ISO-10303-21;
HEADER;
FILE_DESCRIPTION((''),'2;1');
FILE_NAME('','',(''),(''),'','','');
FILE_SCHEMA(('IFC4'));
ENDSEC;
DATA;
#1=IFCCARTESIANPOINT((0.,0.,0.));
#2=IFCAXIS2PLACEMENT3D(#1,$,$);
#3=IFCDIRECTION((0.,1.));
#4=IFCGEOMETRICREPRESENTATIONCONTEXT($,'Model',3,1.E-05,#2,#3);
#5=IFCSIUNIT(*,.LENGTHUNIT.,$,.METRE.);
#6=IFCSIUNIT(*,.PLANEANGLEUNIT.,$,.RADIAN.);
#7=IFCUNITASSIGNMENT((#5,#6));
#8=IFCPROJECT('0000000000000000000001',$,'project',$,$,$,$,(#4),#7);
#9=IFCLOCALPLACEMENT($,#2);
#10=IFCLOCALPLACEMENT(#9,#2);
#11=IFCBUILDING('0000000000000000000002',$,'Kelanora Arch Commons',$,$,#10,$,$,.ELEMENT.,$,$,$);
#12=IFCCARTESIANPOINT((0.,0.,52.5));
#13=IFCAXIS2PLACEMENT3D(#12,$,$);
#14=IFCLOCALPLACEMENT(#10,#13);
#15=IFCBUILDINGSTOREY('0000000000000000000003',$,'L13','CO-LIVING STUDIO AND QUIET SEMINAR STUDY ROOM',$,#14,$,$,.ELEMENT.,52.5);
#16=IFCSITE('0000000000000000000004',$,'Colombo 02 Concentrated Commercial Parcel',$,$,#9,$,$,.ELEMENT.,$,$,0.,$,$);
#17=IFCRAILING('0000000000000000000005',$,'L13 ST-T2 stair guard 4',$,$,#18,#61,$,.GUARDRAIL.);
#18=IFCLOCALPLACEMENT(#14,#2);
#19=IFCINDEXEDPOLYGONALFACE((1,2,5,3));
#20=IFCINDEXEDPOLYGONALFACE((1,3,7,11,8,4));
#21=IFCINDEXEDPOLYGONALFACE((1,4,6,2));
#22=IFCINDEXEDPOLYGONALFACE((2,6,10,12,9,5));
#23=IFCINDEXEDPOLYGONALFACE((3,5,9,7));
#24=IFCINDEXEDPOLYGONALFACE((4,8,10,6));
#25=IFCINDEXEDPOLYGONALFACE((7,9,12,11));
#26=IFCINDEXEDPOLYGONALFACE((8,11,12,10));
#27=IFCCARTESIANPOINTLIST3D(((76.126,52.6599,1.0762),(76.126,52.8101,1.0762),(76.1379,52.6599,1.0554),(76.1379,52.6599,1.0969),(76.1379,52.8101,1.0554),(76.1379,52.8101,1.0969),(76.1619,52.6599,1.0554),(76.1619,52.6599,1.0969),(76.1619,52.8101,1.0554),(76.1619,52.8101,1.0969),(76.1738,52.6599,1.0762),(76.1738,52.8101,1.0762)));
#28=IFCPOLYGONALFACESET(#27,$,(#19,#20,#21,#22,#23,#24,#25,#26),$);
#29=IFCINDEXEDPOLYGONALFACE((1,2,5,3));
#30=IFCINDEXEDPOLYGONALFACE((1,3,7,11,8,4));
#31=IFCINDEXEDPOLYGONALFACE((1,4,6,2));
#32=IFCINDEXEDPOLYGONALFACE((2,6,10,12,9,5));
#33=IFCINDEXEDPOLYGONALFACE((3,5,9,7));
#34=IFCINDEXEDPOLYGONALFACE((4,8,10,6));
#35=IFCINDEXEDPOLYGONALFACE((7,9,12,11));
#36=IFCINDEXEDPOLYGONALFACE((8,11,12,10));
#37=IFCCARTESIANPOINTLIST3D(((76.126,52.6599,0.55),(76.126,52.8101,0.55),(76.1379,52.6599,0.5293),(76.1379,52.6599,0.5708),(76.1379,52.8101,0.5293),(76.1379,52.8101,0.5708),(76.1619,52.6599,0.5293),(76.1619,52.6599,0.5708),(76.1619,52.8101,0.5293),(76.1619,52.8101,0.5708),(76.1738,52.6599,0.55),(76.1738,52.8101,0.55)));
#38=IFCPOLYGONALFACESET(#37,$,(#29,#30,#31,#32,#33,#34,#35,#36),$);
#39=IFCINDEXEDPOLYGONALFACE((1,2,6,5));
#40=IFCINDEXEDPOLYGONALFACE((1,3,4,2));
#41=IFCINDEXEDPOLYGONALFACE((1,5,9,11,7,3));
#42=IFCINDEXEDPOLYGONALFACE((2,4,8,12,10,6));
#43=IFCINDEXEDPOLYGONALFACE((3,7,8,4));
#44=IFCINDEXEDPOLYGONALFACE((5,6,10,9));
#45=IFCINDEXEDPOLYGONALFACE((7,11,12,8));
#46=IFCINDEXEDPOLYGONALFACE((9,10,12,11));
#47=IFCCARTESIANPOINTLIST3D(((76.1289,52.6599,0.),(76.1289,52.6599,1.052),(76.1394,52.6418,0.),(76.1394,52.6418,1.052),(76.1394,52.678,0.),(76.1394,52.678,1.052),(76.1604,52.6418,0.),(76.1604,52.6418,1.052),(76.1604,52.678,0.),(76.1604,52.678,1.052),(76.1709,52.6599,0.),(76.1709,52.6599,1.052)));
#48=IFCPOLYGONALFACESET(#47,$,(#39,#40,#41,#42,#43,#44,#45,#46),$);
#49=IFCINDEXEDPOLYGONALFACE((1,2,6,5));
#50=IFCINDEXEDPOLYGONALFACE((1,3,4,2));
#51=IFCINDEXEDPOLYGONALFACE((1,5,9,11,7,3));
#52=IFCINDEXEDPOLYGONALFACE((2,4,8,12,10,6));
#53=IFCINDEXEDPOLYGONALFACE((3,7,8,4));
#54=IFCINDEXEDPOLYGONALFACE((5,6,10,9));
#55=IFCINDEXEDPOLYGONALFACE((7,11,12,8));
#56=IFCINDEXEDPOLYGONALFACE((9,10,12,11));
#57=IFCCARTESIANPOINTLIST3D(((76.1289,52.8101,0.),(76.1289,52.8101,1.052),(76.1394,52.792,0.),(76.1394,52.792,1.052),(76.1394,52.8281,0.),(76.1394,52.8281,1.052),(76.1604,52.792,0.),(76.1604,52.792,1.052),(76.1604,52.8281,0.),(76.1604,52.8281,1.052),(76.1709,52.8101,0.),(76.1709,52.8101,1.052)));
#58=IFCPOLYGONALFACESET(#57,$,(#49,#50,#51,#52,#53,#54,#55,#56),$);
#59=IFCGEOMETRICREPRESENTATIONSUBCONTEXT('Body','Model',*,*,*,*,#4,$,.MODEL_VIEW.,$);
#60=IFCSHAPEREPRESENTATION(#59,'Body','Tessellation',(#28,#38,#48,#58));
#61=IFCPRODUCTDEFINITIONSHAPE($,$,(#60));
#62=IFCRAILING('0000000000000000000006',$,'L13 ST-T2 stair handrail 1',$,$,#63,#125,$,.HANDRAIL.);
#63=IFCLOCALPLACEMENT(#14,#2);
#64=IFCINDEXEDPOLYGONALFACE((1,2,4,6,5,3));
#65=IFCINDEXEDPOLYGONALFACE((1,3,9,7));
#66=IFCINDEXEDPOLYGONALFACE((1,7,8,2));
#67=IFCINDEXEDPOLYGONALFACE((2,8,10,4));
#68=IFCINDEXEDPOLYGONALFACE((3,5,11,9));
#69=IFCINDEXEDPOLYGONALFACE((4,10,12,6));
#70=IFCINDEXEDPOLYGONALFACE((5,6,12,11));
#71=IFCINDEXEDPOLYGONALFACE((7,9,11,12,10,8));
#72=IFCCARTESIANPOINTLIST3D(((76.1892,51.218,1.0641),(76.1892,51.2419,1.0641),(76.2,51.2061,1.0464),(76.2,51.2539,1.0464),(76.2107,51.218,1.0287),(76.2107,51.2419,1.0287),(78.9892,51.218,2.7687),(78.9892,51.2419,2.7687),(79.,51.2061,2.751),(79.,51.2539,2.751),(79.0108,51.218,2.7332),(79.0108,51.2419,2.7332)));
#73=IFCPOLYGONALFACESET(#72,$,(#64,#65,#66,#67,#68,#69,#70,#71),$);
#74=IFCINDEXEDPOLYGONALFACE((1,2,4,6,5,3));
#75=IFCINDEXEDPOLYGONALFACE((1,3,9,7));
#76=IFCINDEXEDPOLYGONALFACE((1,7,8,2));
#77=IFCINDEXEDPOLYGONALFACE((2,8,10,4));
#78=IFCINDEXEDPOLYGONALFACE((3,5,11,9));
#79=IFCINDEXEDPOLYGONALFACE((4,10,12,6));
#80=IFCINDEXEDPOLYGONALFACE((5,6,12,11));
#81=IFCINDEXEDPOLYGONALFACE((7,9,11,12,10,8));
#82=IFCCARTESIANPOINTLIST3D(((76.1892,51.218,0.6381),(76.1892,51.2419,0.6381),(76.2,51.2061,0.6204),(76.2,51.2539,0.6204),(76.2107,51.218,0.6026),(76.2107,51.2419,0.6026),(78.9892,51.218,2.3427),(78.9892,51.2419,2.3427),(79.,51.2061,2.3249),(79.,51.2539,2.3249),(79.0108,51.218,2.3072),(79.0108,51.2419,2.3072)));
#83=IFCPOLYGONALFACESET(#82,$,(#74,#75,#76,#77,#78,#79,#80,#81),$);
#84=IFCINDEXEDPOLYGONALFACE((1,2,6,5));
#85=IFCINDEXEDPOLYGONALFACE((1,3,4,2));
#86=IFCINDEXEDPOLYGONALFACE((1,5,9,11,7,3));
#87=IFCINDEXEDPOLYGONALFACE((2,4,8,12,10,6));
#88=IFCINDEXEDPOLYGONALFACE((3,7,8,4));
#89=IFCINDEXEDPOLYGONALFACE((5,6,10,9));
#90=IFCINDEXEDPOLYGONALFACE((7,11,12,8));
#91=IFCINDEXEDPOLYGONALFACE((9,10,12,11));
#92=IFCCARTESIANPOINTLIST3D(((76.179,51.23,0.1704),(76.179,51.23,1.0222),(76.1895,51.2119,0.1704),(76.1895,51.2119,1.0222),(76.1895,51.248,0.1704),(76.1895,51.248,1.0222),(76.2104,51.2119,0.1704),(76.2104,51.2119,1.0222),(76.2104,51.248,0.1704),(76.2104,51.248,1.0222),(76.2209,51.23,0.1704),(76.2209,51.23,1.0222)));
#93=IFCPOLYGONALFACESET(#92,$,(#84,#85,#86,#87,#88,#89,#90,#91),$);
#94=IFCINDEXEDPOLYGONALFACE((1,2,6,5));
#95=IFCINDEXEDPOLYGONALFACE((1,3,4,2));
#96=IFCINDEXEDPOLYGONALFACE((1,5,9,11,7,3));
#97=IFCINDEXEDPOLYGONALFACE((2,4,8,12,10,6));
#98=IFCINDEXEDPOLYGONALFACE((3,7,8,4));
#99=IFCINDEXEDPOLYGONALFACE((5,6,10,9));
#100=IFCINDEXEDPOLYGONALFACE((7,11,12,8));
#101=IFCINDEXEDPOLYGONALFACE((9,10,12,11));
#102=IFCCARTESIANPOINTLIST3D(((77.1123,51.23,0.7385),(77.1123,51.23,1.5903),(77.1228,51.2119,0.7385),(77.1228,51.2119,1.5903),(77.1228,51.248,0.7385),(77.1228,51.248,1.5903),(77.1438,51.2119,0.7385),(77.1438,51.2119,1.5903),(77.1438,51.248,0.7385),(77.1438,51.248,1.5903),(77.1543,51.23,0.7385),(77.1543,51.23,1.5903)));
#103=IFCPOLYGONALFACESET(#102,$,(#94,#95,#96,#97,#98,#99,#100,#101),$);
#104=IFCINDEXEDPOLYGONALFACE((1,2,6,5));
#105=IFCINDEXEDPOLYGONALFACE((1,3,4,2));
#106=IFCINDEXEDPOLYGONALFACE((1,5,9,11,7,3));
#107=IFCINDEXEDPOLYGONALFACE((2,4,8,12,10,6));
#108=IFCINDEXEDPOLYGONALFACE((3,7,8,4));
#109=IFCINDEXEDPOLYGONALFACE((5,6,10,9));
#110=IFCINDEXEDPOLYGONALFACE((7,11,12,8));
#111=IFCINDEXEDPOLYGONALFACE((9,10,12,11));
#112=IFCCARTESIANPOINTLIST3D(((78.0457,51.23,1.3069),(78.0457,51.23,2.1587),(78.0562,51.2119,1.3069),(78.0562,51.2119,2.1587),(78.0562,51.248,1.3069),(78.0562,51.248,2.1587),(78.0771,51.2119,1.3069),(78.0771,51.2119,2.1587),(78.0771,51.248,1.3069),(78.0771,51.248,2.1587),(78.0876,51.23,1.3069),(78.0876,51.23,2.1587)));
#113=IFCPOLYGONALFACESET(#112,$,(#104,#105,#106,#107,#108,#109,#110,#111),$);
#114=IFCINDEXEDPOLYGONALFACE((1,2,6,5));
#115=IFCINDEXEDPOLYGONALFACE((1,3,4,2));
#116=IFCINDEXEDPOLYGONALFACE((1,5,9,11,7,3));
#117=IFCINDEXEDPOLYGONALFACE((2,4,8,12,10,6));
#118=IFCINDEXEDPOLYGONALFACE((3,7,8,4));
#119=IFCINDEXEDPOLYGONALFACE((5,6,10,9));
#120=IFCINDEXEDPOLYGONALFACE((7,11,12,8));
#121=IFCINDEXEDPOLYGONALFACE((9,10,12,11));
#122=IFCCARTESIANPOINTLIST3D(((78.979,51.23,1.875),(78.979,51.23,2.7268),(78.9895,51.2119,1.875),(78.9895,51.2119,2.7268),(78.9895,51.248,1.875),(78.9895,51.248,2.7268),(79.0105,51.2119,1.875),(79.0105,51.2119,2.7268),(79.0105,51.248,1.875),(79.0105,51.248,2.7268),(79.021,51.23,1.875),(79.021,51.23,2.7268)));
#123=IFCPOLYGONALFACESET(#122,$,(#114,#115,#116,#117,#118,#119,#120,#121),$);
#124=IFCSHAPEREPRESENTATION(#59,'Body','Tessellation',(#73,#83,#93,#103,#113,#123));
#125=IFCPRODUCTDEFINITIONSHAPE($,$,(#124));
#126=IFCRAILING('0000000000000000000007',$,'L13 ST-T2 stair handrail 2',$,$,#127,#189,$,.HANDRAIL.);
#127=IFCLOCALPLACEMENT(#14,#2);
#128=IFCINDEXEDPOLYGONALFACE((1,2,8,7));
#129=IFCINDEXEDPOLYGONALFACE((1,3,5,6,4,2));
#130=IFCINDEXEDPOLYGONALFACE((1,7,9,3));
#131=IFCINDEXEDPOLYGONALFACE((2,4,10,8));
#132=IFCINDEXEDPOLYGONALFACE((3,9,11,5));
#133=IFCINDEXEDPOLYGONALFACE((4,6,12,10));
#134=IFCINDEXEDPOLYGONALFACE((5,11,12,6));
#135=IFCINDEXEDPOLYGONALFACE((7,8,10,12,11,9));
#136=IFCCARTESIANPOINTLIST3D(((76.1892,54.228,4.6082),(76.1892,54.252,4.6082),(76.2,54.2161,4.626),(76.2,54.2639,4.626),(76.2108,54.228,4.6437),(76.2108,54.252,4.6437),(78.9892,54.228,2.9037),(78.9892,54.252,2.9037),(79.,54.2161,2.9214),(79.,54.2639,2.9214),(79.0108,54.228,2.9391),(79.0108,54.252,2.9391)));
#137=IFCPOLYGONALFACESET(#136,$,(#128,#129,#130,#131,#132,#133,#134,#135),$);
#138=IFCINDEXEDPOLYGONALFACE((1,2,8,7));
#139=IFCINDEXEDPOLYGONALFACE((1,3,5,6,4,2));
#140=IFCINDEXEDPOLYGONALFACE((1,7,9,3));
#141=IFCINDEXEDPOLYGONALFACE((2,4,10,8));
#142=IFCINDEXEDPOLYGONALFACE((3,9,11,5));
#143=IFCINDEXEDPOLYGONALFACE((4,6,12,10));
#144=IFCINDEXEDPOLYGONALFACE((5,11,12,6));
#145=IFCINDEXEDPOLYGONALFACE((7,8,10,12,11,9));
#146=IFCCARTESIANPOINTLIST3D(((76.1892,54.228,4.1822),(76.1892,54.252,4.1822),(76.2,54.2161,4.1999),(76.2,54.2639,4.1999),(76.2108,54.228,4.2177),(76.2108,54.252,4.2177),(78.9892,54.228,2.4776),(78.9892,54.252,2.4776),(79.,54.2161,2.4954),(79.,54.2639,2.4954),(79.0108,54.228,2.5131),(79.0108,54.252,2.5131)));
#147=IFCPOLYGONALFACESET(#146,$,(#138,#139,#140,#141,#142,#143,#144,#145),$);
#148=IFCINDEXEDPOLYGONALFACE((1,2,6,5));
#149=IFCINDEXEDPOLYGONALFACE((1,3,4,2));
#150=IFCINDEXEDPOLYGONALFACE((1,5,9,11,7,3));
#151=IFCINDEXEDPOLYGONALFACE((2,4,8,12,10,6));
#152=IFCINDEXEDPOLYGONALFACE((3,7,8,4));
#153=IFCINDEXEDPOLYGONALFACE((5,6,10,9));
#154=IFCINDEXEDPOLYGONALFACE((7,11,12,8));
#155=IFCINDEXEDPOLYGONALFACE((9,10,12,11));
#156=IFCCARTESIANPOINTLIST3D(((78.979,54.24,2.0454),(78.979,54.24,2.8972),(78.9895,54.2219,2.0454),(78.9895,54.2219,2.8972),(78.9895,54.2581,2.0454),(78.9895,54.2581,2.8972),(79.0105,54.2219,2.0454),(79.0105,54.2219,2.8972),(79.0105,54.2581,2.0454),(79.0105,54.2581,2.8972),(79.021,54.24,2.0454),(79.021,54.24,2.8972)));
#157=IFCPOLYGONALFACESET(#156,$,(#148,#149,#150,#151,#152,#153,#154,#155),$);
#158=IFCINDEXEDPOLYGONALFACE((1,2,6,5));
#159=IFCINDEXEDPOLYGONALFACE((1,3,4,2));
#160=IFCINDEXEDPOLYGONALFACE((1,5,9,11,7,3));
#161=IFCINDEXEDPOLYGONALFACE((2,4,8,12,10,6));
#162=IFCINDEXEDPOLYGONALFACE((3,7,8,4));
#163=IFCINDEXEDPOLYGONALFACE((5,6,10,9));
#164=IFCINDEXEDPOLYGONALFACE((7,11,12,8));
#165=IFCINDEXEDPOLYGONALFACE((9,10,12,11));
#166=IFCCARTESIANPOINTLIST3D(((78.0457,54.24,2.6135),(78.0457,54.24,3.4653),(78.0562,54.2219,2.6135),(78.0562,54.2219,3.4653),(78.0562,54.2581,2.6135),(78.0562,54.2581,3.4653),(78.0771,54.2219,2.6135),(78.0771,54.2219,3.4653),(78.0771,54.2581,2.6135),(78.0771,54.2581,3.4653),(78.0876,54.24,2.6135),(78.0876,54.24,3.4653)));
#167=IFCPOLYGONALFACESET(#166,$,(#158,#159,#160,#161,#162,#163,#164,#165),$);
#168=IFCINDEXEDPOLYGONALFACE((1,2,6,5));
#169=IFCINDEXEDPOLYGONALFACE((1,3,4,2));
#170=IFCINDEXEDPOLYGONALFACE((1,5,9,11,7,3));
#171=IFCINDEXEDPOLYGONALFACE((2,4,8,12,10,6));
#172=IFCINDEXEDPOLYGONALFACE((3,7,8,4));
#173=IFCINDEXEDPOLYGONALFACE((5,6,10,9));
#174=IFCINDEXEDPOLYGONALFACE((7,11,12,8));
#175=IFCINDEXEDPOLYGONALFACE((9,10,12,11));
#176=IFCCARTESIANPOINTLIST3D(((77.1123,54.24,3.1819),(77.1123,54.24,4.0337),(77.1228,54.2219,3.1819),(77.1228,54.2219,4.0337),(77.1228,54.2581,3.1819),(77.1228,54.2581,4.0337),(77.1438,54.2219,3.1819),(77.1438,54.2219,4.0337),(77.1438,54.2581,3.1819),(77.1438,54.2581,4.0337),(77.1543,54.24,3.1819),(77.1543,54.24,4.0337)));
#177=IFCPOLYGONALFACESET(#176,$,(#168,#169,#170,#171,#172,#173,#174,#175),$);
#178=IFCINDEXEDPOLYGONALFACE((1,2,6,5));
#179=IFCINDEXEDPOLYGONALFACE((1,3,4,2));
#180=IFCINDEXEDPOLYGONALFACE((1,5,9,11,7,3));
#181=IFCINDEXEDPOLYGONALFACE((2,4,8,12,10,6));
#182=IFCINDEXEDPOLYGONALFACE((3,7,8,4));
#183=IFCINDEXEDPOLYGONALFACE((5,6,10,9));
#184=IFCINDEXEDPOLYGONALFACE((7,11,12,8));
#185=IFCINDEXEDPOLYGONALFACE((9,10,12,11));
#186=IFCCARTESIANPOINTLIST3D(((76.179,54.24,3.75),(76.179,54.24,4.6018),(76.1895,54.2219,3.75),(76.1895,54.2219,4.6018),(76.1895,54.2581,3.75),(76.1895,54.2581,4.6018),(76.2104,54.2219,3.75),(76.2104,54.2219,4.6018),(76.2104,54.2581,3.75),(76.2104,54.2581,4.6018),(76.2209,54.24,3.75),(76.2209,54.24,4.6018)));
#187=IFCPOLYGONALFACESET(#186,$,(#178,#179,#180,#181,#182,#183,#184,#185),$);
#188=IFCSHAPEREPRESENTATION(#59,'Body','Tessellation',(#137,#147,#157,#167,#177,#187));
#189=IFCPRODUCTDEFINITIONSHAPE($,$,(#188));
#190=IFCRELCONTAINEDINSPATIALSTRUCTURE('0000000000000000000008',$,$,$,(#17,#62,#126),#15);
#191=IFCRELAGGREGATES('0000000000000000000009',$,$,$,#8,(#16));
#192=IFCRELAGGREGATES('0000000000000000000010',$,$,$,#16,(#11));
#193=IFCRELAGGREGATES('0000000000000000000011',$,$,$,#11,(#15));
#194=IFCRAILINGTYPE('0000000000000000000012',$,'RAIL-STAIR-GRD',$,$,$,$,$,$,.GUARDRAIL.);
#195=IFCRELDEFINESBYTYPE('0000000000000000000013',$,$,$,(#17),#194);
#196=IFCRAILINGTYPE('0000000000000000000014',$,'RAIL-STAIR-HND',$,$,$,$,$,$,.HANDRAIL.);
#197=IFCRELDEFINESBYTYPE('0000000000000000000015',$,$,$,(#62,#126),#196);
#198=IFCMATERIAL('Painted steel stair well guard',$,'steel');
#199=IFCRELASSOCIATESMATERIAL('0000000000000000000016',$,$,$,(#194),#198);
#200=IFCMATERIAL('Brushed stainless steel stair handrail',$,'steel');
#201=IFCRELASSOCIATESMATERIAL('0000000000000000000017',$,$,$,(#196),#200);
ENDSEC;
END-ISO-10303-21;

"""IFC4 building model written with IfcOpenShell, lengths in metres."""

from ifc_helpers import new_model, si_unit, direction, frame, origin, place, context, subcontext, project, spatial, polyline, outline, extrude, material, type_object, element, save


model = new_model("IFC4")

# Units and contexts
model_context = context("Model", 3, precision=1e-05, world=origin(), true_north=direction((0.0, 1.0)))
body_context = subcontext(model_context, "Body", "Model", "MODEL_VIEW")
ifc_project = project(units=[si_unit("LENGTHUNIT", "METRE"), si_unit("PLANEANGLEUNIT", "RADIAN")], contexts=[model_context])

# Site, building, storey
site_placement = place(None, origin())
site = spatial("IfcSite", under=ifc_project, at=site_placement, Name="Colombo 02 Concentrated Commercial Parcel", CompositionType="ELEMENT", RefElevation=0.0)
building_placement = place(site_placement, origin())
building = spatial("IfcBuilding", under=site, at=building_placement, Name="Kelanora Arch Commons", CompositionType="ELEMENT")
storey_placement = place(building_placement, frame((0.0, 0.0, 52.5)))
storey = spatial("IfcBuildingStorey", under=building, at=storey_placement, Name="L13", Description="CO-LIVING STUDIO AND QUIET SEMINAR STUDY ROOM", CompositionType="ELEMENT", Elevation=52.5)

# Railings
ifc_material_1 = material(Name="Painted steel stair well guard", Category="steel")
railing_type_1 = type_object("IfcRailingType", Name="RAIL-STAIR-GRD", PredefinedType="GUARDRAIL", material=ifc_material_1)
railing_1_placement = place(storey_placement, frame((76.1499, 52.6599, 0.0)))
element("IfcRailing", 1, at=railing_1_placement, inside=storey, type_object=railing_type_1, Name="L13 ST-T2 stair guard 4", PredefinedType="GUARDRAIL", context=body_context, shape_type="SweptSolid", body=[
    extrude(outline(polyline([(0.0239, 0.0), (0.012, 0.0208), (-0.012, 0.0208), (-0.0239, 0.0), (-0.012, -0.0208), (0.012, -0.0208), (0.0239, 0.0)])), frame((0.0, 0.0, 1.0762), z_axis=(0.0, 1.0, 0.0), x_axis=(-1.0, 0.0, 0.0)), (0.0, 0.0, 1.0), 0.1501),
    extrude(outline(polyline([(0.0239, 0.0), (0.012, 0.0208), (-0.012, 0.0208), (-0.0239, 0.0), (-0.012, -0.0208), (0.012, -0.0208), (0.0239, 0.0)])), frame((0.0, 0.0, 0.55), z_axis=(0.0, 1.0, 0.0), x_axis=(-1.0, 0.0, 0.0)), (0.0, 0.0, 1.0), 0.1501),
    extrude(outline(polyline([(0.021, 0.0), (0.0105, 0.0181), (-0.0105, 0.0181), (-0.021, 0.0), (-0.0105, -0.0181), (0.0105, -0.0181), (0.021, 0.0)])), origin(), (0.0, 0.0, 1.0), 1.052),
    extrude(outline(polyline([(0.021, 0.0), (0.0105, 0.0181), (-0.0105, 0.0181), (-0.021, 0.0), (-0.0105, -0.0181), (0.0105, -0.0181), (0.021, 0.0)])), frame((0.0, 0.1501, 0.0)), (0.0, 0.0, 1.0), 1.052),
])
ifc_material_2 = material(Name="Brushed stainless steel stair handrail", Category="steel")
railing_type_2 = type_object("IfcRailingType", Name="RAIL-STAIR-HND", PredefinedType="HANDRAIL", material=ifc_material_2)
railing_2_placement = place(storey_placement, frame((76.2, 51.23, 0.1704)))
element("IfcRailing", 2, at=railing_2_placement, inside=storey, type_object=railing_type_2, Name="L13 ST-T2 stair handrail 1", PredefinedType="HANDRAIL", context=body_context, shape_type="SweptSolid", body=[
    extrude(outline(polyline([(0.0239, 0.0), (0.012, 0.0208), (-0.012, 0.0208), (-0.0239, 0.0), (-0.012, -0.0208), (0.012, -0.0208), (0.0239, 0.0)])), frame((0.0, 0.0, 0.876), z_axis=(0.85417, 0.0, 0.519994), x_axis=(0.0, 1.0, 0.0)), (0.0, 0.0, 1.0), 3.2781),
    extrude(outline(polyline([(0.0239, 0.0), (0.012, 0.0208), (-0.012, 0.0208), (-0.0239, 0.0), (-0.012, -0.0208), (0.012, -0.0208), (0.0239, 0.0)])), frame((0.0, 0.0, 0.45), z_axis=(0.85417, 0.0, 0.519994), x_axis=(0.0, 1.0, 0.0)), (0.0, 0.0, 1.0), 3.2781),
    extrude(outline(polyline([(0.021, 0.0), (0.0105, 0.0181), (-0.0105, 0.0181), (-0.021, 0.0), (-0.0105, -0.0181), (0.0105, -0.0181), (0.021, 0.0)])), origin(), (0.0, 0.0, 1.0), 0.8518),
    extrude(outline(polyline([(0.021, 0.0), (0.0105, 0.0181), (-0.0105, 0.0181), (-0.021, 0.0), (-0.0105, -0.0181), (0.0105, -0.0181), (0.021, 0.0)])), frame((0.9333, 0.0, 0.5681)), (0.0, 0.0, 1.0), 0.8518),
    extrude(outline(polyline([(0.021, 0.0), (0.0105, 0.0181), (-0.0105, 0.0181), (-0.021, 0.0), (-0.0105, -0.0181), (0.0105, -0.0181), (0.021, 0.0)])), frame((1.8667, 0.0, 1.1365)), (0.0, 0.0, 1.0), 0.8518),
    extrude(outline(polyline([(0.021, 0.0), (0.0105, 0.0181), (-0.0105, 0.0181), (-0.021, 0.0), (-0.0105, -0.0181), (0.0105, -0.0181), (0.021, 0.0)])), frame((2.8, 0.0, 1.7046)), (0.0, 0.0, 1.0), 0.8518),
])
railing_3_placement = place(storey_placement, frame((79.0, 54.24, 2.0454)))
element("IfcRailing", 3, at=railing_3_placement, inside=storey, type_object=railing_type_2, Name="L13 ST-T2 stair handrail 2", PredefinedType="HANDRAIL", context=body_context, shape_type="SweptSolid", body=[
    extrude(outline(polyline([(0.0239, 0.0), (0.012, 0.0208), (-0.012, 0.0208), (-0.0239, 0.0), (-0.012, -0.0208), (0.012, -0.0208), (0.0239, 0.0)])), frame((0.0, 0.0, 0.876), z_axis=(-0.85417, 0.0, 0.519994), x_axis=(0.0, -1.0, 0.0)), (0.0, 0.0, 1.0), 3.2781),
    extrude(outline(polyline([(0.0239, 0.0), (0.012, 0.0208), (-0.012, 0.0208), (-0.0239, 0.0), (-0.012, -0.0208), (0.012, -0.0208), (0.0239, 0.0)])), frame((0.0, 0.0, 0.45), z_axis=(-0.85417, 0.0, 0.519994), x_axis=(0.0, -1.0, 0.0)), (0.0, 0.0, 1.0), 3.2781),
    extrude(outline(polyline([(0.021, 0.0), (0.0105, 0.0181), (-0.0105, 0.0181), (-0.021, 0.0), (-0.0105, -0.0181), (0.0105, -0.0181), (0.021, 0.0)])), origin(), (0.0, 0.0, 1.0), 0.8518),
    extrude(outline(polyline([(0.021, 0.0), (0.0105, 0.0181), (-0.0105, 0.0181), (-0.021, 0.0), (-0.0105, -0.0181), (0.0105, -0.0181), (0.021, 0.0)])), frame((-0.9333, 0.0, 0.5681)), (0.0, 0.0, 1.0), 0.8518),
    extrude(outline(polyline([(0.021, 0.0), (0.0105, 0.0181), (-0.0105, 0.0181), (-0.021, 0.0), (-0.0105, -0.0181), (0.0105, -0.0181), (0.021, 0.0)])), frame((-1.8667, 0.0, 1.1365)), (0.0, 0.0, 1.0), 0.8518),
    extrude(outline(polyline([(0.021, 0.0), (0.0105, 0.0181), (-0.0105, 0.0181), (-0.021, 0.0), (-0.0105, -0.0181), (0.0105, -0.0181), (0.021, 0.0)])), frame((-2.8, 0.0, 1.7046)), (0.0, 0.0, 1.0), 0.8518),
])

save(model, "model.ifc")
